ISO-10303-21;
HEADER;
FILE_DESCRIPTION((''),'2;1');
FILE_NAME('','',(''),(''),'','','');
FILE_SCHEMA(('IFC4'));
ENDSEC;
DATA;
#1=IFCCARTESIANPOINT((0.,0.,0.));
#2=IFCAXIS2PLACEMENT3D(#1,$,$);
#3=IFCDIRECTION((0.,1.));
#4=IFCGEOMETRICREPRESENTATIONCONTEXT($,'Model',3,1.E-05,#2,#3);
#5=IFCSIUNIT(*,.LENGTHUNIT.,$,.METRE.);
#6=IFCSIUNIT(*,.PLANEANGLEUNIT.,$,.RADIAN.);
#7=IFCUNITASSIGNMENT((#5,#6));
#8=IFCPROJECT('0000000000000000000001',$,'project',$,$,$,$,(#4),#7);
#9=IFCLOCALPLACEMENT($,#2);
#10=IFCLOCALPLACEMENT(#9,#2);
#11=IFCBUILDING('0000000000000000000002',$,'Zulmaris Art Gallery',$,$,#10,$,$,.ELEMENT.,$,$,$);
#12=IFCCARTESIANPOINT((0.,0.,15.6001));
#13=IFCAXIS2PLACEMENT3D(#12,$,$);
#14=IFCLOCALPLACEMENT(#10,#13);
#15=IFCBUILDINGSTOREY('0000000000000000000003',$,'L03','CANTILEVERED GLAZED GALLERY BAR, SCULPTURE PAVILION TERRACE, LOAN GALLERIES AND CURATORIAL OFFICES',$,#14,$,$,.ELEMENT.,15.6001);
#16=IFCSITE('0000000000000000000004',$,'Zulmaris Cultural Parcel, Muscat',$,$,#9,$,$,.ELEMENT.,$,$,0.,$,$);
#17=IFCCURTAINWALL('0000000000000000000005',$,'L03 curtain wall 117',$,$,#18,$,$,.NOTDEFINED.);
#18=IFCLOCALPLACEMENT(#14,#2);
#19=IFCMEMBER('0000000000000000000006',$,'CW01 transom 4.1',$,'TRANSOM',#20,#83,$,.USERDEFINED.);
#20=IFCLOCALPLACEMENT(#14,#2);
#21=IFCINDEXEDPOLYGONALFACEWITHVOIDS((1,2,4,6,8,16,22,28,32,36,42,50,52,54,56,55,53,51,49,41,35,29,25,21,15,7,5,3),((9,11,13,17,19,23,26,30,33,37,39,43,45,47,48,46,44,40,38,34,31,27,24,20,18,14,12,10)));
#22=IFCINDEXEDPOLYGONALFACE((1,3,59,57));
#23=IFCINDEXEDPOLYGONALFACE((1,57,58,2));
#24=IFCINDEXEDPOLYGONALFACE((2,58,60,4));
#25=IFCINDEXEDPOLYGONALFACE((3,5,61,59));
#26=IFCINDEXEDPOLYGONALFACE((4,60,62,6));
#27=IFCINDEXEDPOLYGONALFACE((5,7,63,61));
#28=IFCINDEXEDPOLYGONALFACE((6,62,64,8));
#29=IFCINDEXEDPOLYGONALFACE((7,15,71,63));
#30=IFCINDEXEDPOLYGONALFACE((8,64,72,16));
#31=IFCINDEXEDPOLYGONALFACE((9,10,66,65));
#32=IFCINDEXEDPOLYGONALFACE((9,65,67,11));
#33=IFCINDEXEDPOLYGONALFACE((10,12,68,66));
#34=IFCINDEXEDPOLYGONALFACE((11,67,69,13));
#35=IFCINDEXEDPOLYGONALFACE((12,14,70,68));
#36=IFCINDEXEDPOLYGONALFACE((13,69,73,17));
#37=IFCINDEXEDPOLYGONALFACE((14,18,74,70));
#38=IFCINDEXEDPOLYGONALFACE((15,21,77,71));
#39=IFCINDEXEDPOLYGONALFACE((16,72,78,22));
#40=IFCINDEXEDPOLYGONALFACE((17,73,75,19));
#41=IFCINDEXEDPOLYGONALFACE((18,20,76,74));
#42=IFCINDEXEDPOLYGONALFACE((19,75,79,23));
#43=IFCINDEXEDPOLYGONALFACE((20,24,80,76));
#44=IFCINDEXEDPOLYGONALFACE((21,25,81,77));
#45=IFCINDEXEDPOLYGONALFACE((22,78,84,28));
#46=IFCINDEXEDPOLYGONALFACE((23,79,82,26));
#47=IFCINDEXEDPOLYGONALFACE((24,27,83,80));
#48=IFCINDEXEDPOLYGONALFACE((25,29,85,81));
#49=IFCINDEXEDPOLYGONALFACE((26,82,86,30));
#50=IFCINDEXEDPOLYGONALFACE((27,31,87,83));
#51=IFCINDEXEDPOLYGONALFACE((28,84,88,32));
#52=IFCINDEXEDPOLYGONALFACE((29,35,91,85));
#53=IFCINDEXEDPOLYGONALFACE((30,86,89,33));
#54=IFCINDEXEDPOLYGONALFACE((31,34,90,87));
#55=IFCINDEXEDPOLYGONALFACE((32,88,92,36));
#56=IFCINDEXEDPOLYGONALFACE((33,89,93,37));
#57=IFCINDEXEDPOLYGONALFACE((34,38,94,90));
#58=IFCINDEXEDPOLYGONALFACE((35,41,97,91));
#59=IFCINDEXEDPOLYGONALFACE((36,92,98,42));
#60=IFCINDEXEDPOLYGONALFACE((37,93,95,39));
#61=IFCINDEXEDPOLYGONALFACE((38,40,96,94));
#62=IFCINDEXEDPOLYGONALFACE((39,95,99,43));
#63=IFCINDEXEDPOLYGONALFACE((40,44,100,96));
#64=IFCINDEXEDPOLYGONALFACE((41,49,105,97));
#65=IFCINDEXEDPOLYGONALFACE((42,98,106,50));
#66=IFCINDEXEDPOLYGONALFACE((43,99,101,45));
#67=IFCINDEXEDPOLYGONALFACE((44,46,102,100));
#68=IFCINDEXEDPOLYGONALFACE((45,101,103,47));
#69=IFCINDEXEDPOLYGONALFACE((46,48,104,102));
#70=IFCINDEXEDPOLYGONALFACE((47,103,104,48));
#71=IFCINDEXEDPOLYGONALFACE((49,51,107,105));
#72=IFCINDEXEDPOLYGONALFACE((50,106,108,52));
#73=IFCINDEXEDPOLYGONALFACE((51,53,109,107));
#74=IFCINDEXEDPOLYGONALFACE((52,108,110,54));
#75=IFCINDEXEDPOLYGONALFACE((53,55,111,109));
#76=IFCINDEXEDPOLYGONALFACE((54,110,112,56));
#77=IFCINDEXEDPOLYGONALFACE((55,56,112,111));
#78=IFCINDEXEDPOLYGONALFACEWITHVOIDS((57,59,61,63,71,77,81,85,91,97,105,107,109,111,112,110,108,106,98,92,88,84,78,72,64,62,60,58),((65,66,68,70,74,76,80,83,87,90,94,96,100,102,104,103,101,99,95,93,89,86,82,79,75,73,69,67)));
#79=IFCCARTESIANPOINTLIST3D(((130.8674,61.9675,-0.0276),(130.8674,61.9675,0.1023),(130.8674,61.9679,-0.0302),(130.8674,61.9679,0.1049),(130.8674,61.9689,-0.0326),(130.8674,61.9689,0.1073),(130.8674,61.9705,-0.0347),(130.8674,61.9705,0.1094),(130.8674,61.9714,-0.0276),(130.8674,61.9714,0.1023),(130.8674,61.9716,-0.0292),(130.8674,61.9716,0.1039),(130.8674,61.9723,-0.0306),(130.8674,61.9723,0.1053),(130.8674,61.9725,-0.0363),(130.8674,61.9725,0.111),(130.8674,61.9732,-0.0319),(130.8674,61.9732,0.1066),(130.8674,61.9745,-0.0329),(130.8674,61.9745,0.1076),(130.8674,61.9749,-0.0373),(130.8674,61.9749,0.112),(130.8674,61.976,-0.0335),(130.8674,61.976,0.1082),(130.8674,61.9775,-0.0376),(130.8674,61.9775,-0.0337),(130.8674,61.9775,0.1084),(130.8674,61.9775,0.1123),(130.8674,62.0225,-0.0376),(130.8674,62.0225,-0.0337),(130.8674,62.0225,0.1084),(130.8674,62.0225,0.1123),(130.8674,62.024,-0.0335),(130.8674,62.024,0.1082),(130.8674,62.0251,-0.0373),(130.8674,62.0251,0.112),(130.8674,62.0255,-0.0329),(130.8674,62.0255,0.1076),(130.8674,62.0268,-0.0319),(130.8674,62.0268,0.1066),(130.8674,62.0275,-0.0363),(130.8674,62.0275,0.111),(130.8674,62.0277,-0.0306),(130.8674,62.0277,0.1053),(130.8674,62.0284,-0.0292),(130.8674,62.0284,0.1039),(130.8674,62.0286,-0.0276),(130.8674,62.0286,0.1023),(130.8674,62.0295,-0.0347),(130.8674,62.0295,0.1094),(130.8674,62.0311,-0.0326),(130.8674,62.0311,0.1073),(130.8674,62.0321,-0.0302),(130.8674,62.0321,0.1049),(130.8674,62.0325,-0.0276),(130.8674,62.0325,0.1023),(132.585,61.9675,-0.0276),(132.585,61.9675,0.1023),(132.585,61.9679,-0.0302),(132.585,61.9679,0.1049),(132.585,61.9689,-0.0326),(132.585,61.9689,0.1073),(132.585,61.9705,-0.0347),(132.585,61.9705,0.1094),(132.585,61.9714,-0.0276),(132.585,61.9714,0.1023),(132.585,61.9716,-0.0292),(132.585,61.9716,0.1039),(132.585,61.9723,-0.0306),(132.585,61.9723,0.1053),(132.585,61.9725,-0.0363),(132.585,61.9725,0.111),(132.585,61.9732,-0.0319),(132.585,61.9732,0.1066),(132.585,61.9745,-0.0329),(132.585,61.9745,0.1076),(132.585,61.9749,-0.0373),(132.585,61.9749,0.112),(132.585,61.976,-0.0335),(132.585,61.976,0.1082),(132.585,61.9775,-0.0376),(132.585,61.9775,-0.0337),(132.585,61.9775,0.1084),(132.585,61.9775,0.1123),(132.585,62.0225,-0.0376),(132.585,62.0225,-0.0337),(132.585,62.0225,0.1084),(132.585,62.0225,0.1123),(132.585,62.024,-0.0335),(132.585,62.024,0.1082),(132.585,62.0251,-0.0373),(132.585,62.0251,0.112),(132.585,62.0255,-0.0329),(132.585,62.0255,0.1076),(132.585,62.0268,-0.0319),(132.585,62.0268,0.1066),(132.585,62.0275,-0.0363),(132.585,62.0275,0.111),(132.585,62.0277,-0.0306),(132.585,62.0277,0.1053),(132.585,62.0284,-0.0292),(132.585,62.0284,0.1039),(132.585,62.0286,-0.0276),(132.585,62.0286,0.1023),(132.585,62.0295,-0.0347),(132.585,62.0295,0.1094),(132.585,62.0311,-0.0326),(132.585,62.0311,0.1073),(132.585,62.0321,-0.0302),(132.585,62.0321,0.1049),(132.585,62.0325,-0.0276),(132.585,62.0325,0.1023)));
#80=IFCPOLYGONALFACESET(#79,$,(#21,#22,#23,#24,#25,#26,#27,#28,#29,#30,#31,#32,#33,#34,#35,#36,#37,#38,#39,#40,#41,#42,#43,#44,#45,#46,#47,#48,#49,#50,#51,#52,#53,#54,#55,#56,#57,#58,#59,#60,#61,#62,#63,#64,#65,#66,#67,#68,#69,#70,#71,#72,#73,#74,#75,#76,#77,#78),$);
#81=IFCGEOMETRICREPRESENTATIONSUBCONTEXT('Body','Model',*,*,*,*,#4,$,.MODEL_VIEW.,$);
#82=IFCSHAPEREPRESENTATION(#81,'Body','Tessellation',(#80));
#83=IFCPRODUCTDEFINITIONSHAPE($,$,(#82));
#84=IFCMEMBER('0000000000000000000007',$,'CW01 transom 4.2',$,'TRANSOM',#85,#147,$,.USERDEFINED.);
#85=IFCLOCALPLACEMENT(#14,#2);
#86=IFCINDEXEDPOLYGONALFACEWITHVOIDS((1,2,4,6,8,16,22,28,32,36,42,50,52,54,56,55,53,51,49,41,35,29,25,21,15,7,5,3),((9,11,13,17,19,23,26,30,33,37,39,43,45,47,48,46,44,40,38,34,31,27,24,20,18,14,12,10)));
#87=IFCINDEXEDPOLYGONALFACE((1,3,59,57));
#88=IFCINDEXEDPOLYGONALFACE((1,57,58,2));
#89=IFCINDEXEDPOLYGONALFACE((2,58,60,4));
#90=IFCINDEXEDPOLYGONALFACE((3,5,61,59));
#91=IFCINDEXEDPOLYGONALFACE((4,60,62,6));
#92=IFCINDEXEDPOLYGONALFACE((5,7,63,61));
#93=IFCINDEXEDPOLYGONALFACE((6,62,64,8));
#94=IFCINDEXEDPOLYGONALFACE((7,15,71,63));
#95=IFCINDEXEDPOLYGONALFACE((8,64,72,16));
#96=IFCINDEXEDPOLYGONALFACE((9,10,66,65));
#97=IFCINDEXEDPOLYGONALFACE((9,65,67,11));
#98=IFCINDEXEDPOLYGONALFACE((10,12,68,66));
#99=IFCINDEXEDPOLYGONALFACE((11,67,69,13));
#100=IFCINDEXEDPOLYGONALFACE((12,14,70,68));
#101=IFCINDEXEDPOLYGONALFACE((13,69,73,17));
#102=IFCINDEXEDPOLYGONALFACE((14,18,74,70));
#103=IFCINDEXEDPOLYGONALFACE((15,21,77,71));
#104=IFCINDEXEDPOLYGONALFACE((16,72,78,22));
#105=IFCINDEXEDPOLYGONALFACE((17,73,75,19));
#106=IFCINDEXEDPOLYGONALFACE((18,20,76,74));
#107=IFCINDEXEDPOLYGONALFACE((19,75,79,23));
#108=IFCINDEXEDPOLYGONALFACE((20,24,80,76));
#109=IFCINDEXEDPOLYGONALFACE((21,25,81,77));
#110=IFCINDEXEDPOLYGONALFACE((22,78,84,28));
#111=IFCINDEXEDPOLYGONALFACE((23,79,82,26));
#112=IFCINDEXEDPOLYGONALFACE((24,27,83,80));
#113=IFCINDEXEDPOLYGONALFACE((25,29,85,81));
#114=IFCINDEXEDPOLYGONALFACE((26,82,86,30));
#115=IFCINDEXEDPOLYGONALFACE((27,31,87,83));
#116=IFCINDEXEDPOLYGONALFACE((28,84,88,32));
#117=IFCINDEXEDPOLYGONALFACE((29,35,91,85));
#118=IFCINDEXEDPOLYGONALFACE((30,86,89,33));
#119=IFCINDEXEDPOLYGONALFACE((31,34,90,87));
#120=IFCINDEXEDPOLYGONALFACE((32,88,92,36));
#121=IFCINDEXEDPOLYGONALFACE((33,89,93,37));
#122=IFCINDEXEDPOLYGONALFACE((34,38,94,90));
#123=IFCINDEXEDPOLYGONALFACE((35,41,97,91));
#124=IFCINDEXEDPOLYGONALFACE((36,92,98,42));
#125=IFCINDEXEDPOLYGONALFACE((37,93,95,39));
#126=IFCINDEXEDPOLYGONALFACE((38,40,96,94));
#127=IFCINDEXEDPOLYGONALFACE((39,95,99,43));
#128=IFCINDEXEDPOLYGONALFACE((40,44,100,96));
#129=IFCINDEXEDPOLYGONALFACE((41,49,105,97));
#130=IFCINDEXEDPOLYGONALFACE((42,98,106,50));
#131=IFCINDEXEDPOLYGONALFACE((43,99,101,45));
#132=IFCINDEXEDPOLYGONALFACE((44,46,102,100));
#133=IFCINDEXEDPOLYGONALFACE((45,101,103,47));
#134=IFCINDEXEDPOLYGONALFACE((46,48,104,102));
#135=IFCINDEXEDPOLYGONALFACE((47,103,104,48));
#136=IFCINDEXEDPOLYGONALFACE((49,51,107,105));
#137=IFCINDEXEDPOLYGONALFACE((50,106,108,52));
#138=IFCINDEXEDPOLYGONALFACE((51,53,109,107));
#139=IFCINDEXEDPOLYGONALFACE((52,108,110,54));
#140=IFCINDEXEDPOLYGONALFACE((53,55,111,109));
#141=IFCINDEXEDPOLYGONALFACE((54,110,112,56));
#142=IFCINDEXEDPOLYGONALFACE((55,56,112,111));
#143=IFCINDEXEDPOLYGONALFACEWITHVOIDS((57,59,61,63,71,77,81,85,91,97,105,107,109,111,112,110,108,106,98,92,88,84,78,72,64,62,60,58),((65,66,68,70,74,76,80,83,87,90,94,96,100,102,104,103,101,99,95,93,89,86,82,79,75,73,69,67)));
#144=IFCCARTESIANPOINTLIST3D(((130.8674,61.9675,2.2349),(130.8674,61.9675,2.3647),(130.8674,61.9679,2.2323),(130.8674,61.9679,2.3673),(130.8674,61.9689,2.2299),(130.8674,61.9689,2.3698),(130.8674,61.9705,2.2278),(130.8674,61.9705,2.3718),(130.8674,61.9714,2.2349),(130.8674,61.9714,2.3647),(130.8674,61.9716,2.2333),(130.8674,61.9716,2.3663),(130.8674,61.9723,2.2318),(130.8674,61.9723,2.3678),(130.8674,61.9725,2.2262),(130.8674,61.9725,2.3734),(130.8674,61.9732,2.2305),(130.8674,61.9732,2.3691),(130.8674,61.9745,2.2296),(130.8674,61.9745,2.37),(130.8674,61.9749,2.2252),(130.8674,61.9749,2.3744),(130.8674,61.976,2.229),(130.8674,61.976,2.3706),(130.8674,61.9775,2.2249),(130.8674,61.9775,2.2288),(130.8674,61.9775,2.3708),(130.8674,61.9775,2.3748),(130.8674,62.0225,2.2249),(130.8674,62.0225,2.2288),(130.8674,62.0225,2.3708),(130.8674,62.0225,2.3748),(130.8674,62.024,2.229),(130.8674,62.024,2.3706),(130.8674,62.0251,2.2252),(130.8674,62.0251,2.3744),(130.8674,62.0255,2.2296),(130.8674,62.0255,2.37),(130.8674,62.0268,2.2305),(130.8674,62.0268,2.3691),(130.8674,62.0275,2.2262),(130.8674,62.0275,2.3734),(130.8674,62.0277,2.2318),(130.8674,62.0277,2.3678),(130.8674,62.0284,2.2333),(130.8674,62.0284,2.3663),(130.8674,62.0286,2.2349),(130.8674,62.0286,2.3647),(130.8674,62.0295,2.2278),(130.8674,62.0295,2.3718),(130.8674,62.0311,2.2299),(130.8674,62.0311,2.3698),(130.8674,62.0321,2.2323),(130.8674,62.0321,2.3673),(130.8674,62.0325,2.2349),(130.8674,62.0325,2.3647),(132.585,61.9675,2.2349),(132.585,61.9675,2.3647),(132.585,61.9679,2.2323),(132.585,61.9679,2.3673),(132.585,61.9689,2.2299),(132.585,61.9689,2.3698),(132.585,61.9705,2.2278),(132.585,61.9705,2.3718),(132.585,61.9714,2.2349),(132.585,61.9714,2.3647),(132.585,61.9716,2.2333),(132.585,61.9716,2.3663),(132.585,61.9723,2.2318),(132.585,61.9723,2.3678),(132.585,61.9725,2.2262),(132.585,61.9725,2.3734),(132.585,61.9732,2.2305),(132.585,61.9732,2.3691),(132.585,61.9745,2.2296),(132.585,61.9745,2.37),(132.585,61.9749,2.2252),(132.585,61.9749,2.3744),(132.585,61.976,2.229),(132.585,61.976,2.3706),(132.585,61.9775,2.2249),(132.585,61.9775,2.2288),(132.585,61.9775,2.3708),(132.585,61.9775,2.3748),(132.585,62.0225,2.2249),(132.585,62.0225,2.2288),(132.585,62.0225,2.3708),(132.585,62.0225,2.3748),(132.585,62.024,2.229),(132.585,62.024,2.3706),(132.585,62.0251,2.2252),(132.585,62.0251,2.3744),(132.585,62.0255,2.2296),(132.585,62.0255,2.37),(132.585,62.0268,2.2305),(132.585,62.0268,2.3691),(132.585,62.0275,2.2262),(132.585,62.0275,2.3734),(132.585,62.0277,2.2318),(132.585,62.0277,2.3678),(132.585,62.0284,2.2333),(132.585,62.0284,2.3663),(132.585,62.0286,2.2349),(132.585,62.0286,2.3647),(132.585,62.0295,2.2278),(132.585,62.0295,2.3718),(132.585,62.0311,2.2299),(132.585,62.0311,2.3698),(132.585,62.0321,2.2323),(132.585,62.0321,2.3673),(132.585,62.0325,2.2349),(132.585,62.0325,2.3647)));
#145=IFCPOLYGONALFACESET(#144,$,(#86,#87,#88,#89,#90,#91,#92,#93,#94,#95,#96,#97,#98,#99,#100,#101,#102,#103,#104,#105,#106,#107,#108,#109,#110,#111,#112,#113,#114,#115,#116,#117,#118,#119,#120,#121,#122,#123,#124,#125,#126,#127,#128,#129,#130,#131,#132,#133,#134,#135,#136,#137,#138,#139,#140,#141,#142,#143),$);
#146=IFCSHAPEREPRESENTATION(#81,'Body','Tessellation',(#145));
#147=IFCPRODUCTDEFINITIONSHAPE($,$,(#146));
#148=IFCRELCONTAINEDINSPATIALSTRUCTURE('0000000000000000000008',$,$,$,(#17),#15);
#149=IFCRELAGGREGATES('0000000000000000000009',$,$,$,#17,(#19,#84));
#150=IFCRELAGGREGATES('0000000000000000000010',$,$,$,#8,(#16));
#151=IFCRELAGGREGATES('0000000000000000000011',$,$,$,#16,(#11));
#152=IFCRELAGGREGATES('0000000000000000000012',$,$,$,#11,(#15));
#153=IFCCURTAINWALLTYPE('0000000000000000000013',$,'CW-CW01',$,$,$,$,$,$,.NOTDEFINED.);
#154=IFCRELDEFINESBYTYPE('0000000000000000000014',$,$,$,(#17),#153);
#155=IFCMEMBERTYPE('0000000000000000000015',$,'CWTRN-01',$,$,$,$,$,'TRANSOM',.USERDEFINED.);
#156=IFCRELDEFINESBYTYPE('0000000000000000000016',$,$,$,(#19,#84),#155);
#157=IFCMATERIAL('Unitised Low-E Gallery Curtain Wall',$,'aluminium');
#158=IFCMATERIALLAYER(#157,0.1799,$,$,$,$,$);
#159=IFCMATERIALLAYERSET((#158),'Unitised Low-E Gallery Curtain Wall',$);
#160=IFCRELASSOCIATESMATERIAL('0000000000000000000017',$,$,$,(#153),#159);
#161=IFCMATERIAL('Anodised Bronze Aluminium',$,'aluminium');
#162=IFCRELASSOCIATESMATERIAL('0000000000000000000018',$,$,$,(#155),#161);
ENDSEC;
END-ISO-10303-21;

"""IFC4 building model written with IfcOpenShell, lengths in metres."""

from ifc_helpers import new_model, si_unit, direction, frame, origin, origin_2d, place, context, subcontext, project, spatial, hollow_rectangle, extrude, material, layer, layer_set, material_profile, profile_set, type_object, element, aggregate, save


model = new_model("IFC4")

# Units and contexts
model_context = context("Model", 3, precision=1e-05, world=origin(), true_north=direction((0.0, 1.0)))
body_context = subcontext(model_context, "Body", "Model", "MODEL_VIEW")
ifc_project = project(units=[si_unit("LENGTHUNIT", "METRE"), si_unit("PLANEANGLEUNIT", "RADIAN")], contexts=[model_context])

# Site, building, storey
site_placement = place(None, origin())
site = spatial("IfcSite", under=ifc_project, at=site_placement, Name="Zulmaris Cultural Parcel, Muscat", CompositionType="ELEMENT", RefElevation=0.0)
building_placement = place(site_placement, origin())
building = spatial("IfcBuilding", under=site, at=building_placement, Name="Zulmaris Art Gallery", CompositionType="ELEMENT")
storey_placement = place(building_placement, frame((0.0, 0.0, 15.6001)))
storey = spatial("IfcBuildingStorey", under=building, at=storey_placement, Name="L03", Description="CANTILEVERED GLAZED GALLERY BAR, SCULPTURE PAVILION TERRACE, LOAN GALLERIES AND CURATORIAL OFFICES", CompositionType="ELEMENT", Elevation=15.6001)

# Curtain wall
ifc_material_1 = material(Name="Unitised Low-E Gallery Curtain Wall", Category="aluminium")
ifc_layer_1 = layer(ifc_material_1, 0.1799)
ifc_layer_set_1 = layer_set([ifc_layer_1], Name="Unitised Low-E Gallery Curtain Wall")
curtain_wall_type = type_object("IfcCurtainWallType", Name="CW-CW01", PredefinedType="NOTDEFINED", material=ifc_layer_set_1)
curtain_wall_1_placement = place(storey_placement, origin())
curtain_wall_1 = element("IfcCurtainWall", 1, at=curtain_wall_1_placement, inside=storey, type_object=curtain_wall_type, Name="L03 curtain wall 117", PredefinedType="NOTDEFINED")
ifc_material_2 = material(Name="Anodised Bronze Aluminium", Category="aluminium")

# Members
ifc_material_profile_1 = material_profile(ifc_material_2, hollow_rectangle(XDim=0.0649, YDim=0.1499, WallThickness=0.0039, InnerFilletRadius=0.0061, OuterFilletRadius=0.01, at=origin_2d()), Name="ALU 65x150x4")
ifc_profile_set_1 = profile_set([ifc_material_profile_1], Name="Anodised Bronze Aluminium")
member_type_1 = type_object("IfcMemberType", Name="CWTRN-01", ElementType="TRANSOM", PredefinedType="USERDEFINED", material=ifc_profile_set_1)
member_1_placement = place(storey_placement, frame((130.8674, 62.0, 0.0374), z_axis=(1.0, 0.0, 0.0), x_axis=(0.0, 1.0, 0.0)))
member_1 = element("IfcMember", 2, at=member_1_placement, type_object=member_type_1, Name="CW01 transom 4.1", ObjectType="TRANSOM", PredefinedType="USERDEFINED", context=body_context, shape_type="SweptSolid", body=[
    extrude(hollow_rectangle(XDim=0.0649, YDim=0.1499, WallThickness=0.0039, InnerFilletRadius=0.0061, OuterFilletRadius=0.01, at=origin_2d()), origin(), (0.0, 0.0, 1.0), 1.7175),
])
member_2_placement = place(storey_placement, frame((130.8674, 62.0, 2.2998), z_axis=(1.0, 0.0, 0.0), x_axis=(0.0, 1.0, 0.0)))
member_2 = element("IfcMember", 3, at=member_2_placement, type_object=member_type_1, Name="CW01 transom 4.2", ObjectType="TRANSOM", PredefinedType="USERDEFINED", context=body_context, shape_type="SweptSolid", body=[
    extrude(hollow_rectangle(XDim=0.0649, YDim=0.1499, WallThickness=0.0039, InnerFilletRadius=0.0061, OuterFilletRadius=0.01, at=origin_2d()), origin(), (0.0, 0.0, 1.0), 1.7175),
])

aggregate(curtain_wall_1, [member_1, member_2])

save(model, "model.ifc")
